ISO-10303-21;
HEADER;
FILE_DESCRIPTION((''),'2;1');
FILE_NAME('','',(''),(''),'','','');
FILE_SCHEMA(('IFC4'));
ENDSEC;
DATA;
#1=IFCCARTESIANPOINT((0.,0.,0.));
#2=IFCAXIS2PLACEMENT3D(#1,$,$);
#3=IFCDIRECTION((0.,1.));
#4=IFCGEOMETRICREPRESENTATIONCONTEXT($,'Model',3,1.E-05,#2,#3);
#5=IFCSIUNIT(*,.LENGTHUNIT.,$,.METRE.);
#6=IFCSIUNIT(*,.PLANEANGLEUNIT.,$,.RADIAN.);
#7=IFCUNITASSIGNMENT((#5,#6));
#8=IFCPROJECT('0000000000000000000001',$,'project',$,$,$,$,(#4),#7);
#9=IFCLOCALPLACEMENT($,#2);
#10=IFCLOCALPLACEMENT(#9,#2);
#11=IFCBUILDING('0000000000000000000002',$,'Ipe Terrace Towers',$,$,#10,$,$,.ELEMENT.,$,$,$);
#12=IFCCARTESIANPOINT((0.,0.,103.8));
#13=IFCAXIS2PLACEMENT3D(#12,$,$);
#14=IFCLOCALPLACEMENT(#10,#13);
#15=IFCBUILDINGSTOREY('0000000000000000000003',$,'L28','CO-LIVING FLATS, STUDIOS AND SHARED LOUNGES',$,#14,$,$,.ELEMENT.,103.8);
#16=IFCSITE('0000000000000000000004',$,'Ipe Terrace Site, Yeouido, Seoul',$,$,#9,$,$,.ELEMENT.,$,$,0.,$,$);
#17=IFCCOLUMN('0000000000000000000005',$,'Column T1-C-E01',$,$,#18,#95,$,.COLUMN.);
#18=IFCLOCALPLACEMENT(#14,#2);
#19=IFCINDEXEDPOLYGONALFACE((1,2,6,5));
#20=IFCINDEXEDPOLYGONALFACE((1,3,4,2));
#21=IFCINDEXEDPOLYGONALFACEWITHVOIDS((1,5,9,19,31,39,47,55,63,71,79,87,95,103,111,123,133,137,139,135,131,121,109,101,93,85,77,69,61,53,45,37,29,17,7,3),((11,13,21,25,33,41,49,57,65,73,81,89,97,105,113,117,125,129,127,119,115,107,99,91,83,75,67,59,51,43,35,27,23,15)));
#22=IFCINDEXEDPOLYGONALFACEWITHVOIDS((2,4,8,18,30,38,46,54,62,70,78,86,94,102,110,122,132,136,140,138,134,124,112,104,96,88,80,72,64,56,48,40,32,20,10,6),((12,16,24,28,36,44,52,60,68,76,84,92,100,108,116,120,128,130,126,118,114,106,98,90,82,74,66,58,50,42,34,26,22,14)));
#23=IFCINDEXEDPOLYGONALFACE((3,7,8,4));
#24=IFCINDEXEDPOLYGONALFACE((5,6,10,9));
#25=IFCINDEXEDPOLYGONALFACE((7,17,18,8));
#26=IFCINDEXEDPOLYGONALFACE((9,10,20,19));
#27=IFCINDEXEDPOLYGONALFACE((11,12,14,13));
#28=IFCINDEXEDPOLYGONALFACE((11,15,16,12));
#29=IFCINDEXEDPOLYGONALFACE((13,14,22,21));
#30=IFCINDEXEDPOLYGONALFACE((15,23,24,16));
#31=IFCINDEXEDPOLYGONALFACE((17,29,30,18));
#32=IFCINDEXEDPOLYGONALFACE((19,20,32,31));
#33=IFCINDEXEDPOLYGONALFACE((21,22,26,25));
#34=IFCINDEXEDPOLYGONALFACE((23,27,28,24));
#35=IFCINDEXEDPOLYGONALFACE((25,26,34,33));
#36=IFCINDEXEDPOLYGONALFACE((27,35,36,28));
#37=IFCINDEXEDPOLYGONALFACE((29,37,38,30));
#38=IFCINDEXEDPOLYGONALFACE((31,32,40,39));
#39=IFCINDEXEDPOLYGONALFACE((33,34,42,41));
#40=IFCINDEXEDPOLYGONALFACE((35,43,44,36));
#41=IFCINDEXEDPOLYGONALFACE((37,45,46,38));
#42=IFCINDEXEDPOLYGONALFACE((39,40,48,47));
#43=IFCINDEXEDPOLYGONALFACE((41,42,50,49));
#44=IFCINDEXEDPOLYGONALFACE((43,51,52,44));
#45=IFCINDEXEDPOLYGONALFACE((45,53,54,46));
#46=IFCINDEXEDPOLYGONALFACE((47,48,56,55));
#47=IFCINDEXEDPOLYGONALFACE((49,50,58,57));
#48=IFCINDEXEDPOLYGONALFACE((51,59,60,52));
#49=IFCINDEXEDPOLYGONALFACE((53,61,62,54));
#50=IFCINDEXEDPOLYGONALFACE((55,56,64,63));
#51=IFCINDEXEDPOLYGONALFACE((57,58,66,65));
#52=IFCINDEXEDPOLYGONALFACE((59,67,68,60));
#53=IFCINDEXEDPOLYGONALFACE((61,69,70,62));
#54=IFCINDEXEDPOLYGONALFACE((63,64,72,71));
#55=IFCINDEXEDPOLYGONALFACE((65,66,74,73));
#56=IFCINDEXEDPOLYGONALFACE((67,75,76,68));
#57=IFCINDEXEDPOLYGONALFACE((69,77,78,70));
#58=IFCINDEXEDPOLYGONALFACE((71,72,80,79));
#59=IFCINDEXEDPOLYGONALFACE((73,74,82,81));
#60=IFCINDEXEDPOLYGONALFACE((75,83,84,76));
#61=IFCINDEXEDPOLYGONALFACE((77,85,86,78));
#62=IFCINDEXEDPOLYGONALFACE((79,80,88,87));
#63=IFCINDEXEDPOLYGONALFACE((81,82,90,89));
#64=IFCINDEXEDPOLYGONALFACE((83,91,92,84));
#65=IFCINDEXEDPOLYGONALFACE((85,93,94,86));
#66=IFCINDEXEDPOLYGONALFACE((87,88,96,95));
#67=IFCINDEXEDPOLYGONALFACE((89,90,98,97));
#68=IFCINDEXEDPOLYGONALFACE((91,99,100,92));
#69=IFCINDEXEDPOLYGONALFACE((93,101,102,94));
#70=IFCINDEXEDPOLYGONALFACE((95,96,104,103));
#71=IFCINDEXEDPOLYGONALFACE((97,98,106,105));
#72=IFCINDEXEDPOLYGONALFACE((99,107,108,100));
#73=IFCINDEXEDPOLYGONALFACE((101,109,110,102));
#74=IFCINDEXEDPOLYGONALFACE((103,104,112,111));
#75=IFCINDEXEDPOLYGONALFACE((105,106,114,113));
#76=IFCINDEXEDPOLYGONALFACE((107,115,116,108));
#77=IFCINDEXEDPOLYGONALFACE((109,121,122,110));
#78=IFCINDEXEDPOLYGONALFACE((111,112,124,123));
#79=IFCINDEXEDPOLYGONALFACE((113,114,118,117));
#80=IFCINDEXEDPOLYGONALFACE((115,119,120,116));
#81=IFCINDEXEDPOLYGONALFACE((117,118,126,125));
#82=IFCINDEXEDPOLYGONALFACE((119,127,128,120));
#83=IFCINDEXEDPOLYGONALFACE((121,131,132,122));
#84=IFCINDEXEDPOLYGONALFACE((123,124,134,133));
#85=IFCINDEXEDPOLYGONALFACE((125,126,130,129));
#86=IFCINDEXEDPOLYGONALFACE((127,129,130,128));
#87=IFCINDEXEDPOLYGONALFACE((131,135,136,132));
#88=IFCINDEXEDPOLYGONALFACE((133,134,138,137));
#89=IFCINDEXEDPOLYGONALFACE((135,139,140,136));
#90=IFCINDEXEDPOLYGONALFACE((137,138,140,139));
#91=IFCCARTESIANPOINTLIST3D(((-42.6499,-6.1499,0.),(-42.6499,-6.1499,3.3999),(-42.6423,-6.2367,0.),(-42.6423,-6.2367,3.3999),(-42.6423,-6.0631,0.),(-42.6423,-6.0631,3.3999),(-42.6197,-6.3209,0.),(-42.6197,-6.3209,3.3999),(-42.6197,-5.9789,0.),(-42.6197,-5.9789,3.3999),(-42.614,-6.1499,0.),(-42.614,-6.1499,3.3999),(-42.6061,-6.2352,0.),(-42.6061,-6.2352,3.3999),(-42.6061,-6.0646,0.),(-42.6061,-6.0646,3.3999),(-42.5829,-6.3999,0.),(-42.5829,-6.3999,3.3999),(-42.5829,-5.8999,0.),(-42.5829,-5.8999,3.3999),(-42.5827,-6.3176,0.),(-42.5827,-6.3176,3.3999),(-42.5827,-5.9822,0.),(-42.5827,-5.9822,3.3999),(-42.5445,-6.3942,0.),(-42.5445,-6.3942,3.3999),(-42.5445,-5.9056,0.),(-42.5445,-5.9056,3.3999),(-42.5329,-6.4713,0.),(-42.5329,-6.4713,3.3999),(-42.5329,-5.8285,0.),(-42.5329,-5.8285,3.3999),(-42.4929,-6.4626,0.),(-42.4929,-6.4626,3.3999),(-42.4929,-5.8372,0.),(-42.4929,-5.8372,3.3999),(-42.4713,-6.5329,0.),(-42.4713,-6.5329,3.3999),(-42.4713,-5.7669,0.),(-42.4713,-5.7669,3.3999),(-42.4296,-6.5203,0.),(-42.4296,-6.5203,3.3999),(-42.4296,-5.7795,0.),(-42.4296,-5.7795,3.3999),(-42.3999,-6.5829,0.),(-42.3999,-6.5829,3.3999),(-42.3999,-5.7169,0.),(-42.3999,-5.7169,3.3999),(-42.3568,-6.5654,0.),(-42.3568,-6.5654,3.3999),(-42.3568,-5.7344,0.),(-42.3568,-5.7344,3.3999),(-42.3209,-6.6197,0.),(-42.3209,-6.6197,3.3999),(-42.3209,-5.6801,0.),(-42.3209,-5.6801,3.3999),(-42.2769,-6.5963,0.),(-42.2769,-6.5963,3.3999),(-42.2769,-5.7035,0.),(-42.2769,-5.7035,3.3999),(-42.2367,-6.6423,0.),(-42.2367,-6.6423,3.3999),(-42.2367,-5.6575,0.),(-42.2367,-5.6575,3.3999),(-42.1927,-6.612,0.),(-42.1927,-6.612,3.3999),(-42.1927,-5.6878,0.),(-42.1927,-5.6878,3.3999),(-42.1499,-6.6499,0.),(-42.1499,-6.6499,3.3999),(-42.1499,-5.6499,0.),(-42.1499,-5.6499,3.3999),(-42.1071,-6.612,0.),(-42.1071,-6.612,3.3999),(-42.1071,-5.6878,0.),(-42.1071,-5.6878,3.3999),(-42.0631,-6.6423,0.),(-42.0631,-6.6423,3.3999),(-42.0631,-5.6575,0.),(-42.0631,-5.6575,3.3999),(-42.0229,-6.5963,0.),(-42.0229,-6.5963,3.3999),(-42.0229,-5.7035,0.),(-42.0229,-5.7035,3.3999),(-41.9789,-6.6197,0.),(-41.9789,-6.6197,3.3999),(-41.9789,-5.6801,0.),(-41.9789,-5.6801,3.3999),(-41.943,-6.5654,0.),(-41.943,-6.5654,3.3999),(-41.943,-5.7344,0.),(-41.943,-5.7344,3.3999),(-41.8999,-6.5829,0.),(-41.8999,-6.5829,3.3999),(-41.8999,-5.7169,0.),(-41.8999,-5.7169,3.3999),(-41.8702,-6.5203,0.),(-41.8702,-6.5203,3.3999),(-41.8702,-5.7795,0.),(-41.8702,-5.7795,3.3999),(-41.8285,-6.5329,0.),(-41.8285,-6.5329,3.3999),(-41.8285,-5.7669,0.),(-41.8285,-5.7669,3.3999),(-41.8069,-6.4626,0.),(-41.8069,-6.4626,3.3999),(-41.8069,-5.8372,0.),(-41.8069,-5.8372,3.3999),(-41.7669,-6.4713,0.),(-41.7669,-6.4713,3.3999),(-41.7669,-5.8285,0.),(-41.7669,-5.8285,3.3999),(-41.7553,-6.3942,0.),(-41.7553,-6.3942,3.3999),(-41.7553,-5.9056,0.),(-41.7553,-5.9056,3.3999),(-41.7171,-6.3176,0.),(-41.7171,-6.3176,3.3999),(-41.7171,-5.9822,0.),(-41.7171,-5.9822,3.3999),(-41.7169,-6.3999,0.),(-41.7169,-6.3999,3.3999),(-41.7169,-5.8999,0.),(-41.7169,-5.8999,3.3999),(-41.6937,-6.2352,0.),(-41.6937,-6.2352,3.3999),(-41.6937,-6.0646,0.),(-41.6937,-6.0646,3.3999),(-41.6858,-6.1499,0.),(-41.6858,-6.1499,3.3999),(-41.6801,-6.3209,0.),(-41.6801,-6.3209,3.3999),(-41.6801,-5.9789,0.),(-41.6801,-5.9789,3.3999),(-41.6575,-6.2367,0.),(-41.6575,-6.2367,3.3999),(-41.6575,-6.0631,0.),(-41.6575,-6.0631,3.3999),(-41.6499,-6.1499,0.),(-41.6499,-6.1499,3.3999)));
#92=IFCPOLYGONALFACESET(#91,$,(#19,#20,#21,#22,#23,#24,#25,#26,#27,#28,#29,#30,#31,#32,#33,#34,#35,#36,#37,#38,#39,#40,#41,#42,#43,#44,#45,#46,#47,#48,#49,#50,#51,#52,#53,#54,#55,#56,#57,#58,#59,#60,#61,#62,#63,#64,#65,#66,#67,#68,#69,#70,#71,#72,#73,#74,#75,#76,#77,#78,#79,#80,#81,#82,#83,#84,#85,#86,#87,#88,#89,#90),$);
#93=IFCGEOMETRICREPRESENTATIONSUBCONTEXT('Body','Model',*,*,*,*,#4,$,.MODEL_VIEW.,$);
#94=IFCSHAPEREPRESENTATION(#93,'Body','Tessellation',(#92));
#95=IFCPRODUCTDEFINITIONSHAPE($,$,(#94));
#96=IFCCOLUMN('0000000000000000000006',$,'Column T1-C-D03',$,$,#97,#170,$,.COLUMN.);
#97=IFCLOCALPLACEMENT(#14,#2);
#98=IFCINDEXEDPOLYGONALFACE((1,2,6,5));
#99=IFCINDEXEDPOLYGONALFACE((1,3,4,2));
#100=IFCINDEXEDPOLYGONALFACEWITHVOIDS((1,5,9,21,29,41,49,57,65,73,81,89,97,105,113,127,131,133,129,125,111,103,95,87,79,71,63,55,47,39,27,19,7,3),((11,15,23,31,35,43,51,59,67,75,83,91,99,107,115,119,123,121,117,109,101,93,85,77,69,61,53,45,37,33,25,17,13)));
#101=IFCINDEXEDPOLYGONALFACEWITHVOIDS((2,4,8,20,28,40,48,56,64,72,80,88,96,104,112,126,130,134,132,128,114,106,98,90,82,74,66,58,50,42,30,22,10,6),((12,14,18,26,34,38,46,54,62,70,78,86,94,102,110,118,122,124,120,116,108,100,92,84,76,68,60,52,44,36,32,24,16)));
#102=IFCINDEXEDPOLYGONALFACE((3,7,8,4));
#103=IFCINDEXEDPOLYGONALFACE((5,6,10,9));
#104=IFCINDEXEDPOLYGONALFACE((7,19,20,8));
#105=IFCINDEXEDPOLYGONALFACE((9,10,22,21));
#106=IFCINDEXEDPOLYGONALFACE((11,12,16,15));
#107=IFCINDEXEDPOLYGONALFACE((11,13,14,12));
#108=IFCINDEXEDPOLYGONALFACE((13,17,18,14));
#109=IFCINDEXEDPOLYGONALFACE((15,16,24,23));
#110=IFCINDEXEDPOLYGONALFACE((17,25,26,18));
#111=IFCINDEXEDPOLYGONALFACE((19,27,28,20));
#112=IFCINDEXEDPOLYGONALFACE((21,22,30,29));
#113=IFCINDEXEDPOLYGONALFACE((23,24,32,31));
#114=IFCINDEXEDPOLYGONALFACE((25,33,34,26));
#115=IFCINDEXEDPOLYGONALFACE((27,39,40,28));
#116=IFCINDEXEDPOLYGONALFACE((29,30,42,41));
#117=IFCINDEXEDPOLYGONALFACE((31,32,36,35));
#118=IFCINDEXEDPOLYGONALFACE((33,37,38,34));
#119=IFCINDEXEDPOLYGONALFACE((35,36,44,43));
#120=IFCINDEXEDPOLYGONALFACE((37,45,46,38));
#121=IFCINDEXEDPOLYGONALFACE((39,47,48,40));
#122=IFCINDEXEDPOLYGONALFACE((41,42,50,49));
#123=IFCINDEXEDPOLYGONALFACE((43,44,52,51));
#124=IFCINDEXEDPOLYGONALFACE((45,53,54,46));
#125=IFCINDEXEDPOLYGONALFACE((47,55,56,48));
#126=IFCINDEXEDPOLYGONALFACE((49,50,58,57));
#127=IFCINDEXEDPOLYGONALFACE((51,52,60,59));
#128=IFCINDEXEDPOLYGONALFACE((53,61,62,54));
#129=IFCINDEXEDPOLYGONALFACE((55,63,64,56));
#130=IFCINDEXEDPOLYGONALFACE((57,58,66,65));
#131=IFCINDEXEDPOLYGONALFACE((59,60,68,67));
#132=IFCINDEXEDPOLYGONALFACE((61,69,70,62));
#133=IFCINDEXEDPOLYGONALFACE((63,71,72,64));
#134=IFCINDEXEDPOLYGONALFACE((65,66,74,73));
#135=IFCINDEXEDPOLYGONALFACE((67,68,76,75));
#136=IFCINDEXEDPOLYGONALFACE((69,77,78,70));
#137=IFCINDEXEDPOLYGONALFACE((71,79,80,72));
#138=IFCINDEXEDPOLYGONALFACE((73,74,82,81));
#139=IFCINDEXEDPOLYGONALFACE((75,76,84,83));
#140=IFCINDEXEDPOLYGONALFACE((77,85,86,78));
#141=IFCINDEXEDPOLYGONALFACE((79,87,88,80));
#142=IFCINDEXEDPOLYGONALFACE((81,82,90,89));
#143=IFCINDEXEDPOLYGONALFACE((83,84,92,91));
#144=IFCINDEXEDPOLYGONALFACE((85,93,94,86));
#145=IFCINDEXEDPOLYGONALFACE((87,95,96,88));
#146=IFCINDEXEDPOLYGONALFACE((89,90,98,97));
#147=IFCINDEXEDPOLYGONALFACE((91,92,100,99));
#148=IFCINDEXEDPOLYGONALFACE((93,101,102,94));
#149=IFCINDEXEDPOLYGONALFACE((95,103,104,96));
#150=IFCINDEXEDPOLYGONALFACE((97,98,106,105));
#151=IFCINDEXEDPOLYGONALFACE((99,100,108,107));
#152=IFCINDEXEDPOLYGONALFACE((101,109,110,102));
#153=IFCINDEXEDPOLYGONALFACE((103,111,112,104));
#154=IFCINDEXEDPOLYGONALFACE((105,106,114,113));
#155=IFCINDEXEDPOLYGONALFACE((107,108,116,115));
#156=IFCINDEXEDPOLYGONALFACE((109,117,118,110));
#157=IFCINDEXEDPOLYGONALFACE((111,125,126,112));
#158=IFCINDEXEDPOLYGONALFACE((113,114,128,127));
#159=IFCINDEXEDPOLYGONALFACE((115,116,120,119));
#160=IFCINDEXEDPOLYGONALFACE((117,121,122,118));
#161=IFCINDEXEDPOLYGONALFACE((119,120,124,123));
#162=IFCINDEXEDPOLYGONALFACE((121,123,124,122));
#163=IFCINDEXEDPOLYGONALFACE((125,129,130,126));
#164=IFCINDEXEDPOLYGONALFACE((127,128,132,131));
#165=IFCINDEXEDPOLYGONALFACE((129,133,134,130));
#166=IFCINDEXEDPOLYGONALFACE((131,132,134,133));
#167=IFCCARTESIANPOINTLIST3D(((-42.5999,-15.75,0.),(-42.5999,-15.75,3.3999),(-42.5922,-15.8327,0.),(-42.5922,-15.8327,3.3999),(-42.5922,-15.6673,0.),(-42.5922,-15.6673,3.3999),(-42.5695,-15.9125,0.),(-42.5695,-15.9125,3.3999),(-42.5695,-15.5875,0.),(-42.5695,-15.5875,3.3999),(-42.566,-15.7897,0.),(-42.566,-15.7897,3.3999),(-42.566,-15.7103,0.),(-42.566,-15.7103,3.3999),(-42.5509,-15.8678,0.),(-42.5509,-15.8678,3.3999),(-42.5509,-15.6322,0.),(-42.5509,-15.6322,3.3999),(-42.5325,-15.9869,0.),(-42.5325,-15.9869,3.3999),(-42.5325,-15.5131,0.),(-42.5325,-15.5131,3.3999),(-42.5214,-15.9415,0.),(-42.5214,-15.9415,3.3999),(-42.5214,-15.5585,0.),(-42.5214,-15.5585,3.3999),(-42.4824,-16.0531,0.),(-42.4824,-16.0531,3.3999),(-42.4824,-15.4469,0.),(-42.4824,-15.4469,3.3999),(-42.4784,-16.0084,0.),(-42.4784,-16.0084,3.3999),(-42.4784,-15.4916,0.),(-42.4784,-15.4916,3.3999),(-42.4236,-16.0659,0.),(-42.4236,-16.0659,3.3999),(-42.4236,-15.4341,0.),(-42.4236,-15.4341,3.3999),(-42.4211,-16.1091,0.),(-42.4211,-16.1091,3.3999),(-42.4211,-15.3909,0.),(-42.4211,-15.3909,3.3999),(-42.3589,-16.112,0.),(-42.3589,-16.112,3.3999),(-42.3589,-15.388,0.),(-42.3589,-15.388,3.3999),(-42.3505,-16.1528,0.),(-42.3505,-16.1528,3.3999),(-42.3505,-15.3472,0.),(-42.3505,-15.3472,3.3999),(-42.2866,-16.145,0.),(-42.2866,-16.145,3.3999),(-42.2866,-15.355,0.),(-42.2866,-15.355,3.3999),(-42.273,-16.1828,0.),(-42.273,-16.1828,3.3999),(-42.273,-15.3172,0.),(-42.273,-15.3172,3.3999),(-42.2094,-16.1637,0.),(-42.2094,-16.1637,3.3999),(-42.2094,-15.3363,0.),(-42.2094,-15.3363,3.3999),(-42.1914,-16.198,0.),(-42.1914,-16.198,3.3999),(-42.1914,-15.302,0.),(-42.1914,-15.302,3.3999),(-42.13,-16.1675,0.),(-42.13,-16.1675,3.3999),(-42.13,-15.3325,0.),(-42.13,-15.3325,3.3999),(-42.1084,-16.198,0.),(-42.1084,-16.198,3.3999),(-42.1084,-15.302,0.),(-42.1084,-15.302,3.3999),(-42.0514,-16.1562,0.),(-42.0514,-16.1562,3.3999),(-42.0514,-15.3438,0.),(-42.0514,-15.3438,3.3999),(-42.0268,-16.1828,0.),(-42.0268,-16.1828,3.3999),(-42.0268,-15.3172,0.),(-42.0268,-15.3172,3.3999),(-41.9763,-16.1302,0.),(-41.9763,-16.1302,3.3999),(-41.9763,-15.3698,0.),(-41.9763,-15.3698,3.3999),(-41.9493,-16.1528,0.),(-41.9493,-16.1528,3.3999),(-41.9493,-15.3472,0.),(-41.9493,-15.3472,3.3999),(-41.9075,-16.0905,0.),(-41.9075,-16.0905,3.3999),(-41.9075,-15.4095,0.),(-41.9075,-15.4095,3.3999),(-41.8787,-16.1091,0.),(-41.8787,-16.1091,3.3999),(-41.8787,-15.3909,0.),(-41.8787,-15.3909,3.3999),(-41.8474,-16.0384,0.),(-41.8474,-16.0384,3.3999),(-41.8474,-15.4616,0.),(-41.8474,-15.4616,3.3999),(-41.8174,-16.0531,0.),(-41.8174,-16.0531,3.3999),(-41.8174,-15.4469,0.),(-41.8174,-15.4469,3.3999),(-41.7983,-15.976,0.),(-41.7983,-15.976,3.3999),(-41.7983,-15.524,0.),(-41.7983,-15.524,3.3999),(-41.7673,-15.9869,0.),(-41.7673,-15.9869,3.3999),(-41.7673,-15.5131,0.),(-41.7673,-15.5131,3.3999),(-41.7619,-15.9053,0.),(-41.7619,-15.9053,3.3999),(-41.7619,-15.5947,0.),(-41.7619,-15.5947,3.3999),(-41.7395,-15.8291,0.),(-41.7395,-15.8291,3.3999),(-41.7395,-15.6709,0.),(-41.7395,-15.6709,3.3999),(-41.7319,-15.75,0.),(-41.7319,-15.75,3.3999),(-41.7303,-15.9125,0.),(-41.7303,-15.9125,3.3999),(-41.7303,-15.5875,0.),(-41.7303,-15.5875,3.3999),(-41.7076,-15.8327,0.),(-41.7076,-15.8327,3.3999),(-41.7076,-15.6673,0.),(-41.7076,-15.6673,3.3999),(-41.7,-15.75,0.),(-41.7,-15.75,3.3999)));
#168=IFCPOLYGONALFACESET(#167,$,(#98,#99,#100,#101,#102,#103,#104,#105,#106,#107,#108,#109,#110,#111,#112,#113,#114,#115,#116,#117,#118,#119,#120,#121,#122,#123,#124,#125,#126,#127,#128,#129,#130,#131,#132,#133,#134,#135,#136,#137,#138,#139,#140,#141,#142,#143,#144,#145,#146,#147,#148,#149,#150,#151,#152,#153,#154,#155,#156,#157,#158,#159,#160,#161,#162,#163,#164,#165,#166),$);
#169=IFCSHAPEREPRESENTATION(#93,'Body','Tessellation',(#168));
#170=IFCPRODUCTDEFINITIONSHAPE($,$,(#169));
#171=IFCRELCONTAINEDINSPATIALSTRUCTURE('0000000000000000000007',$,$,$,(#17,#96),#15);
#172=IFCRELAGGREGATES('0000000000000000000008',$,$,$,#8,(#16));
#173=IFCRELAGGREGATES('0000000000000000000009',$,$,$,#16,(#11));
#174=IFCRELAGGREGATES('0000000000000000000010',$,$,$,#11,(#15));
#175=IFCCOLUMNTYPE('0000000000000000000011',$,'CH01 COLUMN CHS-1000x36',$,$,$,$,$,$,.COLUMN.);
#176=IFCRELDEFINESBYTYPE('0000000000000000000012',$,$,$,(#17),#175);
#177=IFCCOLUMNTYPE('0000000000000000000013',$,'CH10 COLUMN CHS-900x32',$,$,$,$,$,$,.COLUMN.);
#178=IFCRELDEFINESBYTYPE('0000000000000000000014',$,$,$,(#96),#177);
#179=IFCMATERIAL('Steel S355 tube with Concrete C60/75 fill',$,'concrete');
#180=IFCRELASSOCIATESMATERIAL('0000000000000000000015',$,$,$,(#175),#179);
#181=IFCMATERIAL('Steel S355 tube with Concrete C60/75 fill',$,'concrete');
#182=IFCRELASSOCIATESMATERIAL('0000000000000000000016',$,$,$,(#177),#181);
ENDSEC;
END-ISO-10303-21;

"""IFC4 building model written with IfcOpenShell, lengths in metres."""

from ifc_helpers import new_model, si_unit, direction, frame, origin, origin_2d, place, context, subcontext, project, spatial, hollow_circle, extrude, material, material_profile, profile_set, type_object, element, save


model = new_model("IFC4")

# Units and contexts
model_context = context("Model", 3, precision=1e-05, world=origin(), true_north=direction((0.0, 1.0)))
body_context = subcontext(model_context, "Body", "Model", "MODEL_VIEW")
ifc_project = project(units=[si_unit("LENGTHUNIT", "METRE"), si_unit("PLANEANGLEUNIT", "RADIAN")], contexts=[model_context])

# Site, building, storey
site_placement = place(None, origin())
site = spatial("IfcSite", under=ifc_project, at=site_placement, Name="Ipe Terrace Site, Yeouido, Seoul", CompositionType="ELEMENT", RefElevation=0.0)
building_placement = place(site_placement, origin())
building = spatial("IfcBuilding", under=site, at=building_placement, Name="Ipe Terrace Towers", CompositionType="ELEMENT")
storey_placement = place(building_placement, frame((0.0, 0.0, 103.8)))
storey = spatial("IfcBuildingStorey", under=building, at=storey_placement, Name="L28", Description="CO-LIVING FLATS, STUDIOS AND SHARED LOUNGES", CompositionType="ELEMENT", Elevation=103.8)

# Columns
ifc_material_1 = material(Name="Steel S355 tube with Concrete C60/75 fill", Category="concrete")
ifc_material_profile_1 = material_profile(ifc_material_1, hollow_circle(Radius=0.5, WallThickness=0.0359, at=origin_2d()), Name="CHS-1000x36")
ifc_profile_set_1 = profile_set([ifc_material_profile_1], Name="Steel S355 tube with Concrete C60/75 fill")
column_type_1 = type_object("IfcColumnType", Name="CH01 COLUMN CHS-1000x36", PredefinedType="COLUMN", material=ifc_profile_set_1)
column_placement = place(storey_placement, frame((-42.1499, -6.1499, 0.0), z_axis=(0.0, 0.0, 1.0), x_axis=(1.0, 0.0, 0.0)))
element("IfcColumn", 1, at=column_placement, inside=storey, type_object=column_type_1, Name="Column T1-C-E01", PredefinedType="COLUMN", context=body_context, shape_type="SweptSolid", body=[
    extrude(hollow_circle(Radius=0.5, WallThickness=0.0359, at=origin_2d()), origin(), (0.0, 0.0, 1.0), 3.3999),
])
ifc_material_2 = material(Name="Steel S355 tube with Concrete C60/75 fill", Category="concrete")
ifc_material_profile_2 = material_profile(ifc_material_2, hollow_circle(Radius=0.45, WallThickness=0.032, at=origin_2d()), Name="CHS-900x32")
ifc_profile_set_2 = profile_set([ifc_material_profile_2], Name="Steel S355 tube with Concrete C60/75 fill")
column_type_2 = type_object("IfcColumnType", Name="CH10 COLUMN CHS-900x32", PredefinedType="COLUMN", material=ifc_profile_set_2)
for number, where, z_axis, x_axis, name in (
    (2, (-42.1499, -15.75, 0.0), (0.0, 0.0, 1.0), (1.0, 0.0, 0.0), "Column T1-C-D03"),
):
    element("IfcColumn", number, at=place(storey_placement, frame(where, z_axis=z_axis, x_axis=x_axis)), inside=storey, type_object=column_type_2, Name=name, PredefinedType="COLUMN", context=body_context, shape_type="SweptSolid", body=[
        extrude(hollow_circle(Radius=0.45, WallThickness=0.032, at=origin_2d()), origin(), (0.0, 0.0, 1.0), 3.3999),
    ])

save(model, "model.ifc")
